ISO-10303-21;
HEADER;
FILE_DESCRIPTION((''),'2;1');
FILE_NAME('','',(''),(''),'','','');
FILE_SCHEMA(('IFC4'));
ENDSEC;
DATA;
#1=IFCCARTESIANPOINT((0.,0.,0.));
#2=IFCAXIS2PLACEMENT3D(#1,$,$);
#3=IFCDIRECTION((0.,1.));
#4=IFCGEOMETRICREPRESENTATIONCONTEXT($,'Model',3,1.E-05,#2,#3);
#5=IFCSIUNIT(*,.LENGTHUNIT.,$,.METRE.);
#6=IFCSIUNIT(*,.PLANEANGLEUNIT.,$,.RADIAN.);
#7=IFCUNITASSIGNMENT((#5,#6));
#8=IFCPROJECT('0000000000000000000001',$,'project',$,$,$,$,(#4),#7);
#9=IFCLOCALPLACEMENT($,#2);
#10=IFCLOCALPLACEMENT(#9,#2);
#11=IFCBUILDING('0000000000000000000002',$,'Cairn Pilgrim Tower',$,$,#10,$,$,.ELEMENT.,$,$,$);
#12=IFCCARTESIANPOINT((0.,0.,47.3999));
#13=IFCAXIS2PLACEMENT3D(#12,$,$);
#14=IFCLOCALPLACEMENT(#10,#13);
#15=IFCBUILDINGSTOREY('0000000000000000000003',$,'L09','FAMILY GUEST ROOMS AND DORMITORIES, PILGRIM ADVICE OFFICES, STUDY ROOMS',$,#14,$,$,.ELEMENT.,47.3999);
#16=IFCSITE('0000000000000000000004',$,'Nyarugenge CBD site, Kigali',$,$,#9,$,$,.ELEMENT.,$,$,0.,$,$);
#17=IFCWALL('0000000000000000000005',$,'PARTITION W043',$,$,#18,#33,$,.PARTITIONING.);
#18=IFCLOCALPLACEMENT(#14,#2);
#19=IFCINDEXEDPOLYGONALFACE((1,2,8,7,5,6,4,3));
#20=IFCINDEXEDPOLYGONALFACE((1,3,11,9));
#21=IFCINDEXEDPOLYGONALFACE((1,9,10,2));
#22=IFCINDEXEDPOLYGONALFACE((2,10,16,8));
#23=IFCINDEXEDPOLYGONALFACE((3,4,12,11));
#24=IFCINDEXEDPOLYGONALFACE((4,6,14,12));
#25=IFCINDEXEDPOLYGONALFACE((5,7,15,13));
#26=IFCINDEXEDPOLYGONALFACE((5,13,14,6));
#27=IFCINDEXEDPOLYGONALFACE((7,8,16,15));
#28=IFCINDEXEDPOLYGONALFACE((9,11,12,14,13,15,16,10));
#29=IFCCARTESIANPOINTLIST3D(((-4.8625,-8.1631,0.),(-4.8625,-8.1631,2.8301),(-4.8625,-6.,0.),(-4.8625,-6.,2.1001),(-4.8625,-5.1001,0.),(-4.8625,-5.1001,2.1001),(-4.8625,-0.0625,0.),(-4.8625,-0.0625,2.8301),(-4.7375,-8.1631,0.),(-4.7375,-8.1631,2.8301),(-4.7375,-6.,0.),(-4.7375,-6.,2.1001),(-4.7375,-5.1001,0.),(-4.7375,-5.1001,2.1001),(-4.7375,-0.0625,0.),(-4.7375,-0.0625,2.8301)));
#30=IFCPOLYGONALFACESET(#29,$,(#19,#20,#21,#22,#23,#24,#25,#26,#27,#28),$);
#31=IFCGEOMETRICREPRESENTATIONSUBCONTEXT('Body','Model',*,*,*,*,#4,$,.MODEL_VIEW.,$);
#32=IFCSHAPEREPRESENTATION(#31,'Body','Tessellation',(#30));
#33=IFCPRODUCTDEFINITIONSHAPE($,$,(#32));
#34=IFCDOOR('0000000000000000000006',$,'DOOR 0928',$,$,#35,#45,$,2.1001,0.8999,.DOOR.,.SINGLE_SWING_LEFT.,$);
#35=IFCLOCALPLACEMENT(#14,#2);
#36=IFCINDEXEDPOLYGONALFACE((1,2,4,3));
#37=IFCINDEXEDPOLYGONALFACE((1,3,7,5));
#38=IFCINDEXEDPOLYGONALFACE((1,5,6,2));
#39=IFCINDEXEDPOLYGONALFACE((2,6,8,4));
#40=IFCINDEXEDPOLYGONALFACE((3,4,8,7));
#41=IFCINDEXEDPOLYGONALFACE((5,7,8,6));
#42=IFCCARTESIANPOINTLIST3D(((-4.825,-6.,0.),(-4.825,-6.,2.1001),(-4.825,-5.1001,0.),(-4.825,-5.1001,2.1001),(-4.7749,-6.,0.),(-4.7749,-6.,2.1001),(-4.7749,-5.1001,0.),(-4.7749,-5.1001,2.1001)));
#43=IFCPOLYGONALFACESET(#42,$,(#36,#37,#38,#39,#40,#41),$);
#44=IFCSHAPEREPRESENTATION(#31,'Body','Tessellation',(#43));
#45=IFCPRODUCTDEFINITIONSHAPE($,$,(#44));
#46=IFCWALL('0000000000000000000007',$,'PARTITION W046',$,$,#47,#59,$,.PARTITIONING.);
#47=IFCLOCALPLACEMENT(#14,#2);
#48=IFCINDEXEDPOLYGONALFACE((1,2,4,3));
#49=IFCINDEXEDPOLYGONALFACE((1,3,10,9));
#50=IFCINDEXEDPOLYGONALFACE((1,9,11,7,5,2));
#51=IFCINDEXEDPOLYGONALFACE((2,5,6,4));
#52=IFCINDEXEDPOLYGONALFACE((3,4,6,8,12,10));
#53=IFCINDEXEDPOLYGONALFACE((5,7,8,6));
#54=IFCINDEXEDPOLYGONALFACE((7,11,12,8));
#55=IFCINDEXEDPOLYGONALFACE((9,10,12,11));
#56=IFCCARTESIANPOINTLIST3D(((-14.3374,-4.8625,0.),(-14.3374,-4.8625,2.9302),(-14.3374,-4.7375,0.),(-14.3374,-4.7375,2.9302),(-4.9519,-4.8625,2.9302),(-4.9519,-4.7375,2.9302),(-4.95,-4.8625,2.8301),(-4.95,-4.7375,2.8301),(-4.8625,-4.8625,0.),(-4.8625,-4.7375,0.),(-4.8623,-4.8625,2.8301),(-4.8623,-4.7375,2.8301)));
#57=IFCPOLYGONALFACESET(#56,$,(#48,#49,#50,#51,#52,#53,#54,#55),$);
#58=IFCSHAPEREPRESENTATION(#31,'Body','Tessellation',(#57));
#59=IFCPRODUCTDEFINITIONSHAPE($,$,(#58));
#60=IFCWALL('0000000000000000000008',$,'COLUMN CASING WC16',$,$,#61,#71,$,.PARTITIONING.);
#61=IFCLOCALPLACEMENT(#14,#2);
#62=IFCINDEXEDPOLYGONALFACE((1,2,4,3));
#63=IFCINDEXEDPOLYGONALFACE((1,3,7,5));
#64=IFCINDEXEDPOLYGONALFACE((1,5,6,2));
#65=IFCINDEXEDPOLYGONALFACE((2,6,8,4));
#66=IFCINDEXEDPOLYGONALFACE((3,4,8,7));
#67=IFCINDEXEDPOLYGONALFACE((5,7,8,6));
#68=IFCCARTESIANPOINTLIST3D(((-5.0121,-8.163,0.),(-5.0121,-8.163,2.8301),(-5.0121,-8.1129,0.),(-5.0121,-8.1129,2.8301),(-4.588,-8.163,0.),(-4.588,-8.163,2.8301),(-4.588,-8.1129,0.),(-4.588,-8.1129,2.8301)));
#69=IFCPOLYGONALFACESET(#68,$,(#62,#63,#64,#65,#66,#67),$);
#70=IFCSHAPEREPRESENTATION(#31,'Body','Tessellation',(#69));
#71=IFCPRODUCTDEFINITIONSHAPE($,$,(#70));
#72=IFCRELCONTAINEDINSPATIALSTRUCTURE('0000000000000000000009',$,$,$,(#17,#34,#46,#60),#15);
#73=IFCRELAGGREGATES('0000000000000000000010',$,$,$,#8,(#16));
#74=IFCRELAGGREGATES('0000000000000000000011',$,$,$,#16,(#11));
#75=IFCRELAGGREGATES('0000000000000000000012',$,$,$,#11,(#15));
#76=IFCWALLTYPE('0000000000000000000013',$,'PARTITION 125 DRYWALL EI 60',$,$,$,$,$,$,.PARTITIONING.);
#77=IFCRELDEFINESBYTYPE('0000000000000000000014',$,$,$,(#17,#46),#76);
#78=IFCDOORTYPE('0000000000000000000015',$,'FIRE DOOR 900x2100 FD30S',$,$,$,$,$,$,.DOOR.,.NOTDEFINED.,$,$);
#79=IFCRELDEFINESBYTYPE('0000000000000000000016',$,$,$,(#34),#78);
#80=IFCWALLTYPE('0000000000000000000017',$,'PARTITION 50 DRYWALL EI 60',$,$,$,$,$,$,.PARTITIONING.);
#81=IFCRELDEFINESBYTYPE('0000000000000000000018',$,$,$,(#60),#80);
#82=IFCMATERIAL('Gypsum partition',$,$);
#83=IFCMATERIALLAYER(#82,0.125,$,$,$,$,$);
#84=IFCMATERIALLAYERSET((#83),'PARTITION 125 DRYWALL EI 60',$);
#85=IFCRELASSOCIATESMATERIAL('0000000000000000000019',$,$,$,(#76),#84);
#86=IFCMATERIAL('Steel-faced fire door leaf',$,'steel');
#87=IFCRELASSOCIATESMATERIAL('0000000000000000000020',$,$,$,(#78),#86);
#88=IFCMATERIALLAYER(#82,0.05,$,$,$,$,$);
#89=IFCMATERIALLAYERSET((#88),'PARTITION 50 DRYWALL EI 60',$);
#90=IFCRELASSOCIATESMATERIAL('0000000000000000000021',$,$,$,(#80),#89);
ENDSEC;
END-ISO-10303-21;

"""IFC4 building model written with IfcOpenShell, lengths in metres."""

from ifc_helpers import new_model, si_unit, direction, frame, frame_2d, origin, place, context, subcontext, project, spatial, polyline, rectangle, outline, extrude, material, layer, layer_set, type_object, element, fill, save


model = new_model("IFC4")

# Units and contexts
model_context = context("Model", 3, precision=1e-05, world=origin(), true_north=direction((0.0, 1.0)))
body_context = subcontext(model_context, "Body", "Model", "MODEL_VIEW")
ifc_project = project(units=[si_unit("LENGTHUNIT", "METRE"), si_unit("PLANEANGLEUNIT", "RADIAN")], contexts=[model_context])

# Site, building, storey
site_placement = place(None, origin())
site = spatial("IfcSite", under=ifc_project, at=site_placement, Name="Nyarugenge CBD site, Kigali", CompositionType="ELEMENT", RefElevation=0.0)
building_placement = place(site_placement, origin())
building = spatial("IfcBuilding", under=site, at=building_placement, Name="Cairn Pilgrim Tower", CompositionType="ELEMENT")
storey_placement = place(building_placement, frame((0.0, 0.0, 47.3999)))
storey = spatial("IfcBuildingStorey", under=building, at=storey_placement, Name="L09", Description="FAMILY GUEST ROOMS AND DORMITORIES, PILGRIM ADVICE OFFICES, STUDY ROOMS", CompositionType="ELEMENT", Elevation=47.3999)

# Wall, opening, door
ifc_material_1 = material(Name="Gypsum partition")
ifc_layer_1 = layer(ifc_material_1, 0.125)
ifc_layer_set_1 = layer_set([ifc_layer_1], Name="PARTITION 125 DRYWALL EI 60")
wall_type_1 = type_object("IfcWallType", Name="PARTITION 125 DRYWALL EI 60", PredefinedType="PARTITIONING", material=ifc_layer_set_1)
ifc_material_2 = material(Name="Steel-faced fire door leaf", Category="steel")
wall_1_placement = place(storey_placement, frame((-4.8, -8.1631, 0.0), z_axis=(0.0, 0.0, 1.0), x_axis=(0.0, 1.0, 0.0)))
wall_1 = element("IfcWall", 1, at=wall_1_placement, inside=storey, type_object=wall_type_1, Name="PARTITION W043", PredefinedType="PARTITIONING", context=body_context, shape_type="SweptSolid", body=[
    extrude(rectangle(XDim=8.1006, YDim=0.125, at=frame_2d((4.0503, 0.0))), origin(), (0.0, 0.0, 1.0), 2.8301),
])
opening_1_placement = place(wall_1_placement, frame((2.1631, 0.0, 0.0)))
opening_1 = element("IfcOpeningElement", 2, at=opening_1_placement, cuts=wall_1, PredefinedType="OPENING", context=body_context, shape_type="SweptSolid", body=[
    extrude(rectangle(XDim=0.8999, YDim=2.1001, at=frame_2d((0.45, 1.05))), frame((0.0, 0.0725, 0.0), z_axis=(0.0, -1.0, 0.0), x_axis=(1.0, 0.0, 0.0)), (0.0, 0.0, 1.0), 0.145),
])
door_type_1 = type_object("IfcDoorType", Name="FIRE DOOR 900x2100 FD30S", OperationType="NOTDEFINED", PredefinedType="DOOR", material=ifc_material_2)
door_1_placement = place(opening_1_placement, origin())
door_1 = element("IfcDoor", 3, at=door_1_placement, inside=storey, type_object=door_type_1, Name="DOOR 0928", OperationType="SINGLE_SWING_LEFT", OverallHeight=2.1001, OverallWidth=0.8999, PredefinedType="DOOR", context=body_context, shape_type="SweptSolid", body=[
    extrude(rectangle(XDim=0.8999, YDim=2.1001, at=frame_2d((0.45, 1.05))), frame((0.0, 0.0249, 0.0), z_axis=(0.0, -1.0, 0.0), x_axis=(1.0, 0.0, 0.0)), (0.0, 0.0, 1.0), 0.05),
])
fill(opening_1, door_1)

# Walls
wall_2_placement = place(storey_placement, frame((-14.3374, -4.8, 0.0), z_axis=(0.0, 0.0, 1.0), x_axis=(1.0, 0.0, 0.0)))
element("IfcWall", 4, at=wall_2_placement, inside=storey, type_object=wall_type_1, Name="PARTITION W046", PredefinedType="PARTITIONING", context=body_context, shape_type="SweptSolid", body=[
    extrude(outline(polyline([(0.0, 0.0), (9.4749, 0.0), (9.4751, 2.8301), (9.3875, 2.8301), (9.3855, 2.9302), (0.0, 2.9302), (0.0, 0.0)])), frame((0.0, 0.0625, 0.0), z_axis=(0.0, -1.0, 0.0), x_axis=(1.0, 0.0, 0.0)), (0.0, 0.0, 1.0), 0.125),
])
ifc_layer_2 = layer(ifc_material_1, 0.05)
ifc_layer_set_2 = layer_set([ifc_layer_2], Name="PARTITION 50 DRYWALL EI 60")
wall_type_2 = type_object("IfcWallType", Name="PARTITION 50 DRYWALL EI 60", PredefinedType="PARTITIONING", material=ifc_layer_set_2)
wall_3_placement = place(storey_placement, frame((-5.012, -8.1379, 0.0), z_axis=(0.0, 0.0, 1.0), x_axis=(1.0, 0.0, 0.0)))
element("IfcWall", 5, at=wall_3_placement, inside=storey, type_object=wall_type_2, Name="COLUMN CASING WC16", PredefinedType="PARTITIONING", context=body_context, shape_type="SweptSolid", body=[
    extrude(rectangle(XDim=0.4241, YDim=0.05, at=frame_2d((0.2119, 0.0))), origin(), (0.0, 0.0, 1.0), 2.8301),
])

save(model, "model.ifc")
